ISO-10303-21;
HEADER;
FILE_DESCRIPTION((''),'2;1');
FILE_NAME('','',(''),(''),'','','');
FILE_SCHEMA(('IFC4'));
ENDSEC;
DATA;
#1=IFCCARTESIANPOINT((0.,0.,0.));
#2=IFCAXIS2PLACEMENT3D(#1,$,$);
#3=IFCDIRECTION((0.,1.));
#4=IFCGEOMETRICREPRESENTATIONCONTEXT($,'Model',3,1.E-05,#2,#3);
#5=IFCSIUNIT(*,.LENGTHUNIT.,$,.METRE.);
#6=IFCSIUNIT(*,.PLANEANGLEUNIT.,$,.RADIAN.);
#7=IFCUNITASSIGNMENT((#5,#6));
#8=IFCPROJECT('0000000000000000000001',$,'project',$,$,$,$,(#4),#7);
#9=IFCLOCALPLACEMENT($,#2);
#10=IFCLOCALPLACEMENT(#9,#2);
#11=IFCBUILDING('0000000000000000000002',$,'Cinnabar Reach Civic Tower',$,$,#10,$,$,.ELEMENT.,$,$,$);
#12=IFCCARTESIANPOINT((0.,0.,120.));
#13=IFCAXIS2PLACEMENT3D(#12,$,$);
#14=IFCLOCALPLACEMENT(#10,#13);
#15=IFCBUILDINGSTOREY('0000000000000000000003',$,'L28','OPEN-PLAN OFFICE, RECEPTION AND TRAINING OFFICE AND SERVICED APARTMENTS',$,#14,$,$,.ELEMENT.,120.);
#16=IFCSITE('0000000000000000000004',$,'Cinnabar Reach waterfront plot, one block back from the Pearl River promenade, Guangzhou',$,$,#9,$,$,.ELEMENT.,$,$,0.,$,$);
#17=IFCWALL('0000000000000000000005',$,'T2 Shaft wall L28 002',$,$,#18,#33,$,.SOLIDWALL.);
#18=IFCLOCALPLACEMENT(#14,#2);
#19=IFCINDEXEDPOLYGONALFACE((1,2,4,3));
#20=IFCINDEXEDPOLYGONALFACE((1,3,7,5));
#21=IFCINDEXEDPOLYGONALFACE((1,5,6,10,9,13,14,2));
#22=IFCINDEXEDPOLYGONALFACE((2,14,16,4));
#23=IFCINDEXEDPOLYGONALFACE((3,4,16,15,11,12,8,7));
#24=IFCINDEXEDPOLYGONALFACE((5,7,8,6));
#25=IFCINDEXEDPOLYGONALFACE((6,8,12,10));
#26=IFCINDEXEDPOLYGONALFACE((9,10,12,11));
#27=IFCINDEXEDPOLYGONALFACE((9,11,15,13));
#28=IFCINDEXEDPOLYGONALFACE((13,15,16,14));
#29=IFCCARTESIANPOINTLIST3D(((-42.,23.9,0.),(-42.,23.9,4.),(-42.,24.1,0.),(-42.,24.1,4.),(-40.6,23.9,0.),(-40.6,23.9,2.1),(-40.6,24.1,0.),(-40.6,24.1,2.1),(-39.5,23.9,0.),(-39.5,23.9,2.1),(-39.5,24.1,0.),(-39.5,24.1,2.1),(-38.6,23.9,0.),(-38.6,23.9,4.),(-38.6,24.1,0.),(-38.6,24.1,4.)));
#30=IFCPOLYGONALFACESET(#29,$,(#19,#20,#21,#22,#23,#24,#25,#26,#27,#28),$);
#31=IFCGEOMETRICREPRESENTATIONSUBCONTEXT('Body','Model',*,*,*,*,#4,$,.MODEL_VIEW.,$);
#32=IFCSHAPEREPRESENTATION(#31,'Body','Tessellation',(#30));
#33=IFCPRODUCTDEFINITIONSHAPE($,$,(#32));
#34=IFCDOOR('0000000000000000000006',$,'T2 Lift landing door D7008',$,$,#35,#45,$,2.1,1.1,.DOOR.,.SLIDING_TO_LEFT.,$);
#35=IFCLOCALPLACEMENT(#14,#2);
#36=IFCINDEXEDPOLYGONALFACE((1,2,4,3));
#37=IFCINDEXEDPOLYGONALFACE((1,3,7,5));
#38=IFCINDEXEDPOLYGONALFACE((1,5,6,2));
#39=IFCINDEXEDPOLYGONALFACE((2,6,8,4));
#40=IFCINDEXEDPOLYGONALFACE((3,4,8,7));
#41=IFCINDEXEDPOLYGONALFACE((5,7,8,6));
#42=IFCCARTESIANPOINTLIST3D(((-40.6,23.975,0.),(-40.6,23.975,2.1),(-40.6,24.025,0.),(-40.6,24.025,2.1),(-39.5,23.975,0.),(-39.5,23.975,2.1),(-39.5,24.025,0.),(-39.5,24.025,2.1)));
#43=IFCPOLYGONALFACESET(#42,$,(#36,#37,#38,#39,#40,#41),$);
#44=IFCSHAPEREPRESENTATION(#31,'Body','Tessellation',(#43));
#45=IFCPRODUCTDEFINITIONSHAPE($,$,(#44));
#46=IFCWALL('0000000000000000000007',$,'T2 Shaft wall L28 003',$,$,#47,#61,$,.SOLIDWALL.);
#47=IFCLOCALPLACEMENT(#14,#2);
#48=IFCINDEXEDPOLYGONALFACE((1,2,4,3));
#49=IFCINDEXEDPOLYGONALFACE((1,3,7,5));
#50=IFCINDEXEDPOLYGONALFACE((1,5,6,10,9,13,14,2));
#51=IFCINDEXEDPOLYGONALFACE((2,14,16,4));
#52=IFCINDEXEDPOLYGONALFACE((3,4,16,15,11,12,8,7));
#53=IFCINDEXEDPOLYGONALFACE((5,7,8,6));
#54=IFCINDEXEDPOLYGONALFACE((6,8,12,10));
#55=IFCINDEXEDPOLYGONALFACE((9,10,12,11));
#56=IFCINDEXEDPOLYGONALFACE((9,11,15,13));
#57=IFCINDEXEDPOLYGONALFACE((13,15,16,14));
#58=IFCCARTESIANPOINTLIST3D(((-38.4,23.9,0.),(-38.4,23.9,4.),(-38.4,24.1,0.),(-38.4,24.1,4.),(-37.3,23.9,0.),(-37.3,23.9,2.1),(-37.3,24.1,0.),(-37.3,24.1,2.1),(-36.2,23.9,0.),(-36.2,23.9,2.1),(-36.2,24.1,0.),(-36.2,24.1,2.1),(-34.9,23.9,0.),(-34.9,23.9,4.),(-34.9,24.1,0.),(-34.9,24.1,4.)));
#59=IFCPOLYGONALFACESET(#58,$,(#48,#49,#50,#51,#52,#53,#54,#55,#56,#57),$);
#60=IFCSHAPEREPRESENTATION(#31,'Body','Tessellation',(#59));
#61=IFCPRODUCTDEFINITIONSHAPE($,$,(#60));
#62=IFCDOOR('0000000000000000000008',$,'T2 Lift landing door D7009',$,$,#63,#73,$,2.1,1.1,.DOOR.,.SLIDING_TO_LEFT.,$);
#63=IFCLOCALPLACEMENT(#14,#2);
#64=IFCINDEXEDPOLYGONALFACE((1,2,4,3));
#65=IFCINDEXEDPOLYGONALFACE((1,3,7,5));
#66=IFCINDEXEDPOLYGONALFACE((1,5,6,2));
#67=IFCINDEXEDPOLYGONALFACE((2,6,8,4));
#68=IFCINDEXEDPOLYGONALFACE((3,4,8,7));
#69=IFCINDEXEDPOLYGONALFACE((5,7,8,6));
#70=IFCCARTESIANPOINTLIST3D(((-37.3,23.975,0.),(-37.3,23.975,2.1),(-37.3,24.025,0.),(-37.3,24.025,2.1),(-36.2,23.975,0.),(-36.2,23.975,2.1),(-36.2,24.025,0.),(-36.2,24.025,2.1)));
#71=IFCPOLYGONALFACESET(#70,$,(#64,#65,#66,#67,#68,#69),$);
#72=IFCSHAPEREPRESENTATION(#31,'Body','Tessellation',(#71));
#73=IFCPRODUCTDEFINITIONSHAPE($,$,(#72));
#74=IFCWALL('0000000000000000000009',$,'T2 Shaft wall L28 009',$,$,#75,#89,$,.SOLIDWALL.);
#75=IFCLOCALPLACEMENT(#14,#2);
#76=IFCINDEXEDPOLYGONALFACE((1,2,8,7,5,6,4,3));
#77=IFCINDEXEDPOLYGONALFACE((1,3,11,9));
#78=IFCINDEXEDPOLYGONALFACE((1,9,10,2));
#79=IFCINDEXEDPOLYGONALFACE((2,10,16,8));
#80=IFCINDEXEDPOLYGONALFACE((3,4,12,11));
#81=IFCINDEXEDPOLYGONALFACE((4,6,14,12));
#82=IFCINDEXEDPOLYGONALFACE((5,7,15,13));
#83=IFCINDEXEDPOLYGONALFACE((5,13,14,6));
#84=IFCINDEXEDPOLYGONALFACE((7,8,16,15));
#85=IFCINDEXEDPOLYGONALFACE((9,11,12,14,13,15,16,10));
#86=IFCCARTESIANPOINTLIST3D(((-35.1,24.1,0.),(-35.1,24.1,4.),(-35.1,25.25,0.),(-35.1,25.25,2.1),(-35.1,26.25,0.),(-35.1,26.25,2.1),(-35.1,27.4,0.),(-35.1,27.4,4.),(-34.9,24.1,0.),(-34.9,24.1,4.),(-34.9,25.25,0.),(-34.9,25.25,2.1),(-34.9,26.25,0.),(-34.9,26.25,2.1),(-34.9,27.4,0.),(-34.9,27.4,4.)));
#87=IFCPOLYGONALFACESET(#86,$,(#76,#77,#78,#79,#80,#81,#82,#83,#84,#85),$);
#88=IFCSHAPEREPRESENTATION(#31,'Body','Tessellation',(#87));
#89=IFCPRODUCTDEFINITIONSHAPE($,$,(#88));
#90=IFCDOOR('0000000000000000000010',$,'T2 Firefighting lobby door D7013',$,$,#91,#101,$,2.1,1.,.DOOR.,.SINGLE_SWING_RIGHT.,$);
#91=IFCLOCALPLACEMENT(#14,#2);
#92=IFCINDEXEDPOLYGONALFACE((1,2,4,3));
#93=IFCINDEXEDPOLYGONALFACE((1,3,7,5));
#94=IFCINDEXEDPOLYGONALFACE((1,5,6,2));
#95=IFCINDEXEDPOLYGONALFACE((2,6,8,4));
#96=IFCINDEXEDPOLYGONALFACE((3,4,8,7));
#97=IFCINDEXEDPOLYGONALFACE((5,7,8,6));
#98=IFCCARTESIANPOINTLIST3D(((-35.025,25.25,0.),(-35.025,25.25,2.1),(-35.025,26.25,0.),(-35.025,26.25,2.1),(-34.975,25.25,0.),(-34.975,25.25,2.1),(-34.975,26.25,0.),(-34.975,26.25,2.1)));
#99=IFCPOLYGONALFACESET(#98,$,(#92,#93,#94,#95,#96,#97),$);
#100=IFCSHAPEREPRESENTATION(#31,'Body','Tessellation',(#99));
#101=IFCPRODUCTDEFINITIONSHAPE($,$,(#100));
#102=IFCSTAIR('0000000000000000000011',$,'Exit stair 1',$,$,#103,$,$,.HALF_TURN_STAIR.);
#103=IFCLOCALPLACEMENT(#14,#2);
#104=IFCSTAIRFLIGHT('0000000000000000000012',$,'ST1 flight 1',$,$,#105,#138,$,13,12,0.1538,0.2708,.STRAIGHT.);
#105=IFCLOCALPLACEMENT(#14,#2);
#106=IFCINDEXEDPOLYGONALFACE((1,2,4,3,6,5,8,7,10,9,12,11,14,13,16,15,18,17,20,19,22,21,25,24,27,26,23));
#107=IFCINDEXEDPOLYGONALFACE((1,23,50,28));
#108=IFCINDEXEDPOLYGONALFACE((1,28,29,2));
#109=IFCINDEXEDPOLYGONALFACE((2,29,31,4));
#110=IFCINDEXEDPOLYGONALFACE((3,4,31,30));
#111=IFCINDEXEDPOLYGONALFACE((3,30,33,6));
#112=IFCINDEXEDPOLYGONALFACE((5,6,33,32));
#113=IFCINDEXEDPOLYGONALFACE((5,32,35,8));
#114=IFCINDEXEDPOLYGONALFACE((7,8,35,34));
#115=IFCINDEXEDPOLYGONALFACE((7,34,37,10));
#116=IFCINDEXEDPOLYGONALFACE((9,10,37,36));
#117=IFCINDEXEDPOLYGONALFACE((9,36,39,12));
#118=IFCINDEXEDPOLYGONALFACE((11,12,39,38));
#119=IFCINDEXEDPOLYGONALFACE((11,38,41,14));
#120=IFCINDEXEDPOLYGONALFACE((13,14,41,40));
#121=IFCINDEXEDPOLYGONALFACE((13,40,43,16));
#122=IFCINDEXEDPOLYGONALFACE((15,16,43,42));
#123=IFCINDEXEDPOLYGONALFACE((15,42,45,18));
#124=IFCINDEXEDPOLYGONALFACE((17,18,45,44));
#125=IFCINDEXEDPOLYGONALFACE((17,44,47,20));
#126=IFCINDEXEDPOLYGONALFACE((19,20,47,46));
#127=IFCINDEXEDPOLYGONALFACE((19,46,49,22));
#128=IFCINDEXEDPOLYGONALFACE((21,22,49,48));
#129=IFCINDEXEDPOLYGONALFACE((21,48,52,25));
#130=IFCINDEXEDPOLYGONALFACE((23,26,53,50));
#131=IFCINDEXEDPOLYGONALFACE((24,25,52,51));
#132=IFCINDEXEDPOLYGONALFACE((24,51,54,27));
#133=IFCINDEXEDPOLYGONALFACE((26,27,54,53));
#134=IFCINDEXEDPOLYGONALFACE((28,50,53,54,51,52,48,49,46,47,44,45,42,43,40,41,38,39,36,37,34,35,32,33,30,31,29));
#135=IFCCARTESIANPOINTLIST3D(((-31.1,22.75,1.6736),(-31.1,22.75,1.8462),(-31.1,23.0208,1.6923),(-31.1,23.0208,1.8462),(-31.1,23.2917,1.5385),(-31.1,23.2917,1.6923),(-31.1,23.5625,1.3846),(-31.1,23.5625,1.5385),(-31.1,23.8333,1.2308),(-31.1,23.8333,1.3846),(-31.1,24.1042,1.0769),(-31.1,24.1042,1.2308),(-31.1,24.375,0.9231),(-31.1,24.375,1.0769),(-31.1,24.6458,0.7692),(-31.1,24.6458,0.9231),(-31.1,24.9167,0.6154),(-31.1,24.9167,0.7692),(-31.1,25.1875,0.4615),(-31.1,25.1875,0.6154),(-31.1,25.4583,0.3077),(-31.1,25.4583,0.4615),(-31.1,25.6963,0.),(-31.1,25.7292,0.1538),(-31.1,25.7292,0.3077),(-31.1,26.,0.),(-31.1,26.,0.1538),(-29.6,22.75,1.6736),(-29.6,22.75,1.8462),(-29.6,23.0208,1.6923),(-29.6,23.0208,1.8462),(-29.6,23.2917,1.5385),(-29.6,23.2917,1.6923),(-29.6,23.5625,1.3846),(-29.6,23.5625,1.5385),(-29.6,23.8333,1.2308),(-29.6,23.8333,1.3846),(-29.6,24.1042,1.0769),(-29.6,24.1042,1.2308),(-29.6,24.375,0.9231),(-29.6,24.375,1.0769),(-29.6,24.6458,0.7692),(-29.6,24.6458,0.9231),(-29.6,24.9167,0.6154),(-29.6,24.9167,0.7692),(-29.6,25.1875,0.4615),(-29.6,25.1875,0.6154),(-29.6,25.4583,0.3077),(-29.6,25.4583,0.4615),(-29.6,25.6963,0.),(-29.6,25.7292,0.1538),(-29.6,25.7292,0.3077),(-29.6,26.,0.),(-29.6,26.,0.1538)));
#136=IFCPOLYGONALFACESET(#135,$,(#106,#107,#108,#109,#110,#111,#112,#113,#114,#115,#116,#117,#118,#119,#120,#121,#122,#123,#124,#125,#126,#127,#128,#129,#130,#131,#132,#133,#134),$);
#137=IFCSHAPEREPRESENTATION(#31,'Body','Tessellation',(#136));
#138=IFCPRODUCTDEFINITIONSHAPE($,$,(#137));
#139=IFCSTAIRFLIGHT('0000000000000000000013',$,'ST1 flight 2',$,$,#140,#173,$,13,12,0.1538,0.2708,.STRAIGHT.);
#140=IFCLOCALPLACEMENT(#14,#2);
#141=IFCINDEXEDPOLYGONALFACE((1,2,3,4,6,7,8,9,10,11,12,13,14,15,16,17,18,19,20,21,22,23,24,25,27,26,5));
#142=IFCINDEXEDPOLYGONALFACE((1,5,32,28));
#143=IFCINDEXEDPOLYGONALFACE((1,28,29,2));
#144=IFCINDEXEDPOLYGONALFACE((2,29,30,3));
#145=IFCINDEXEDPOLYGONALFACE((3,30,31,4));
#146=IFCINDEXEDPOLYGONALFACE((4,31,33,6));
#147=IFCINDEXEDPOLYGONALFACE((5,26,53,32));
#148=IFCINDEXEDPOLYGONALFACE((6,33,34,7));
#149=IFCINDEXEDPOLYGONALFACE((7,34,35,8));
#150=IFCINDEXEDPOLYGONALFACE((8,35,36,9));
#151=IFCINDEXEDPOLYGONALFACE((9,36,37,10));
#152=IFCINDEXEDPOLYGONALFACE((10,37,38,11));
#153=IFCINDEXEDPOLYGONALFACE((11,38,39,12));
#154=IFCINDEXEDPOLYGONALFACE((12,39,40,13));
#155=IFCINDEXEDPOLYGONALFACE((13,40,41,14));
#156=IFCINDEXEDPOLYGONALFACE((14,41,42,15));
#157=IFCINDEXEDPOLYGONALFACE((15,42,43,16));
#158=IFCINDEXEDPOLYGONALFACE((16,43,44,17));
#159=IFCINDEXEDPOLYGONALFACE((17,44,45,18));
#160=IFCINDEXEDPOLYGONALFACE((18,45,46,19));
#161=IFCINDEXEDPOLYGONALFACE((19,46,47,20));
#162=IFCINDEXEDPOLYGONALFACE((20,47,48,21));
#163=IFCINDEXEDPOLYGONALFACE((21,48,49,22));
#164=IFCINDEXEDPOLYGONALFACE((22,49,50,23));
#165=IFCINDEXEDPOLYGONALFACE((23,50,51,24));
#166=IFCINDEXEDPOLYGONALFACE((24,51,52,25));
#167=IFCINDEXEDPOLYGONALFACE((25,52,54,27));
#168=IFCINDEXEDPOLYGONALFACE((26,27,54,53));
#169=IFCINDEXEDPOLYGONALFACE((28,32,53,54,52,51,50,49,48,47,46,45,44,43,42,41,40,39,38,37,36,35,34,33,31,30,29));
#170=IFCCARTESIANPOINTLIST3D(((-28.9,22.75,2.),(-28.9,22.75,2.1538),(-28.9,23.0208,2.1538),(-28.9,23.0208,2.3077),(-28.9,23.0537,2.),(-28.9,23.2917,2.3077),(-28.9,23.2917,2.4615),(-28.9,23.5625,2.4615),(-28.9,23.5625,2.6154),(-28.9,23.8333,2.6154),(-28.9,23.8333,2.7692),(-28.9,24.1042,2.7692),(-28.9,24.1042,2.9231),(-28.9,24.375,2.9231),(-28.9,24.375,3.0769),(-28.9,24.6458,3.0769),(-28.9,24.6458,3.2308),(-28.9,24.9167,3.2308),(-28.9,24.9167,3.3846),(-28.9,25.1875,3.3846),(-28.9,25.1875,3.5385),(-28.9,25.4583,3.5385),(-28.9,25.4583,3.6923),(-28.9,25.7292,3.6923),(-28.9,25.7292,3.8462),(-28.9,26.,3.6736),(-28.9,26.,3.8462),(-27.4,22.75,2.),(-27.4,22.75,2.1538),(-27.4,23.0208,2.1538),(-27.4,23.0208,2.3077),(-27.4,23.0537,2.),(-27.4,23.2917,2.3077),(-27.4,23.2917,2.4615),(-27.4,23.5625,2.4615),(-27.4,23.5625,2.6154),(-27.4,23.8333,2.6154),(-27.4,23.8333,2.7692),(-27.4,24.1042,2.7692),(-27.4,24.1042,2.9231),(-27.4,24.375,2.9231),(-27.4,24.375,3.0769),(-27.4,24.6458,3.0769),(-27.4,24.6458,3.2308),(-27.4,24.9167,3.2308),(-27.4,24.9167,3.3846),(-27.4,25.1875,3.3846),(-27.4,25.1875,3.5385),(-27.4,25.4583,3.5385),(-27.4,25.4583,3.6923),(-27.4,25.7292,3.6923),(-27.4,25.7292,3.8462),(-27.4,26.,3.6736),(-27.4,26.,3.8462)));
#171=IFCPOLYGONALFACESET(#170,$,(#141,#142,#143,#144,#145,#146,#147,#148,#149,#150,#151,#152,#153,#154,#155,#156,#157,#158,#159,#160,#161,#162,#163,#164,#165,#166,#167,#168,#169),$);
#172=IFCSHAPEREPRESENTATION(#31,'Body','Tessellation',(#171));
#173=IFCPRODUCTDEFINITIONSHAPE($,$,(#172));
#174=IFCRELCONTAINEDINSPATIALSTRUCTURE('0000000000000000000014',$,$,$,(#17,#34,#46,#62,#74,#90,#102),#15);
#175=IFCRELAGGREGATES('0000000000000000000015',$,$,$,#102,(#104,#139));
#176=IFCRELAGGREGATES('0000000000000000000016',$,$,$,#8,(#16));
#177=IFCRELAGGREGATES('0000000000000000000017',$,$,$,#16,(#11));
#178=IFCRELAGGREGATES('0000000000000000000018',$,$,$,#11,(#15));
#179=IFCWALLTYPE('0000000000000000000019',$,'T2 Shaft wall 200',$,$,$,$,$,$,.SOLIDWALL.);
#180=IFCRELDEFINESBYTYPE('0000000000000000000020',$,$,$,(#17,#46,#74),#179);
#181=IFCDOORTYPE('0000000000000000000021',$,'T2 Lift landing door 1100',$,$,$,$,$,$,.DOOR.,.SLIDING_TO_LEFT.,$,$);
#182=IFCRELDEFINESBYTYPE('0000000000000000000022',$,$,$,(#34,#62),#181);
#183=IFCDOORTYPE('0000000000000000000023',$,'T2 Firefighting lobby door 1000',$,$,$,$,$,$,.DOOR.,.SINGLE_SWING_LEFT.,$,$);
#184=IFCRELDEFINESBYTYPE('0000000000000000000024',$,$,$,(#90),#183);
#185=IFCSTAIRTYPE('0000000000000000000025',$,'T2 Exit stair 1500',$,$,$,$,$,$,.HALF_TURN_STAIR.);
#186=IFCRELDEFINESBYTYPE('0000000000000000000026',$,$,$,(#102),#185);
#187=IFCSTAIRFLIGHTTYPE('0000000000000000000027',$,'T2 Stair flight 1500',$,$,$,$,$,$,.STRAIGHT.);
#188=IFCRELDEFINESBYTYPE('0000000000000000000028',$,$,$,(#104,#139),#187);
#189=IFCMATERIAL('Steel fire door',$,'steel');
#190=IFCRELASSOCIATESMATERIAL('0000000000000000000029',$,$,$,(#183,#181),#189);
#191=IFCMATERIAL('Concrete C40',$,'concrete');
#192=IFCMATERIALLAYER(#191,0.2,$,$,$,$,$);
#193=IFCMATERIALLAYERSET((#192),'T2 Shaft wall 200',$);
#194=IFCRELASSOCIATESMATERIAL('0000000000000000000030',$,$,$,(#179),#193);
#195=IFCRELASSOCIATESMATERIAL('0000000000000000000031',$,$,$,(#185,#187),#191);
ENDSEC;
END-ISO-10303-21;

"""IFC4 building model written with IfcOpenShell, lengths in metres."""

from ifc_helpers import new_model, si_unit, direction, frame, frame_2d, origin, place, context, subcontext, project, spatial, polyline, rectangle, outline, extrude, material, layer, layer_set, type_object, element, fill, aggregate, save


model = new_model("IFC4")

# Units and contexts
model_context = context("Model", 3, precision=1e-05, world=origin(), true_north=direction((0.0, 1.0)))
body_context = subcontext(model_context, "Body", "Model", "MODEL_VIEW")
ifc_project = project(units=[si_unit("LENGTHUNIT", "METRE"), si_unit("PLANEANGLEUNIT", "RADIAN")], contexts=[model_context])

# Site, building, storey
site_placement = place(None, origin())
site = spatial("IfcSite", under=ifc_project, at=site_placement, Name="Cinnabar Reach waterfront plot, one block back from the Pearl River promenade, Guangzhou", CompositionType="ELEMENT", RefElevation=0.0)
building_placement = place(site_placement, origin())
building = spatial("IfcBuilding", under=site, at=building_placement, Name="Cinnabar Reach Civic Tower", CompositionType="ELEMENT")
storey_placement = place(building_placement, frame((0.0, 0.0, 120.0)))
storey = spatial("IfcBuildingStorey", under=building, at=storey_placement, Name="L28", Description="OPEN-PLAN OFFICE, RECEPTION AND TRAINING OFFICE AND SERVICED APARTMENTS", CompositionType="ELEMENT", Elevation=120.0)

# Shared definitions
ifc_material_1 = material(Name="Concrete C40", Category="concrete")

# Shared definitions
ifc_material_2 = material(Name="Steel fire door", Category="steel")
door_type_1 = type_object("IfcDoorType", Name="T2 Firefighting lobby door 1000", OperationType="SINGLE_SWING_LEFT", PredefinedType="DOOR", material=ifc_material_2)

# Shared definitions
ifc_layer_1 = layer(ifc_material_1, 0.2)
ifc_layer_set_1 = layer_set([ifc_layer_1], Name="T2 Shaft wall 200")
wall_type_1 = type_object("IfcWallType", Name="T2 Shaft wall 200", PredefinedType="SOLIDWALL", material=ifc_layer_set_1)

# Walls, openings, doors
wall_1_placement = place(storey_placement, frame((-38.6, 24.0, 0.0), z_axis=(0.0, 0.0, 1.0), x_axis=(-1.0, 0.0, 0.0)))
wall_1 = element("IfcWall", 1, at=wall_1_placement, inside=storey, type_object=wall_type_1, Name="T2 Shaft wall L28 002", PredefinedType="SOLIDWALL", context=body_context, shape_type="SweptSolid", body=[
    extrude(rectangle(XDim=3.4, YDim=0.2, at=frame_2d((1.7, 0.0))), origin(), (0.0, 0.0, 1.0), 4.0),
])
opening_1_placement = place(wall_1_placement, frame((0.9, 0.0, 0.0)))
opening_1 = element("IfcOpeningElement", 2, at=opening_1_placement, cuts=wall_1, PredefinedType="OPENING", context=body_context, shape_type="SweptSolid", body=[
    extrude(rectangle(XDim=1.1, YDim=2.1, at=frame_2d((0.55, 1.05))), frame((0.0, 0.11, 0.0), z_axis=(0.0, -1.0, 0.0), x_axis=(1.0, 0.0, 0.0)), (0.0, 0.0, 1.0), 0.22),
])
door_type_2 = type_object("IfcDoorType", Name="T2 Lift landing door 1100", OperationType="SLIDING_TO_LEFT", PredefinedType="DOOR", material=ifc_material_2)
door_1_placement = place(opening_1_placement, origin())
door_1 = element("IfcDoor", 3, at=door_1_placement, inside=storey, type_object=door_type_2, Name="T2 Lift landing door D7008", OperationType="SLIDING_TO_LEFT", OverallHeight=2.1, OverallWidth=1.1, PredefinedType="DOOR", context=body_context, shape_type="SweptSolid", body=[
    extrude(rectangle(XDim=1.1, YDim=2.1, at=frame_2d((0.55, 1.05))), frame((0.0, 0.025, 0.0), z_axis=(0.0, -1.0, 0.0), x_axis=(1.0, 0.0, 0.0)), (0.0, 0.0, 1.0), 0.05),
])
fill(opening_1, door_1)
wall_2_placement = place(storey_placement, frame((-34.9, 24.0, 0.0), z_axis=(0.0, 0.0, 1.0), x_axis=(-1.0, 0.0, 0.0)))
wall_2 = element("IfcWall", 4, at=wall_2_placement, inside=storey, type_object=wall_type_1, Name="T2 Shaft wall L28 003", PredefinedType="SOLIDWALL", context=body_context, shape_type="SweptSolid", body=[
    extrude(rectangle(XDim=3.5, YDim=0.2, at=frame_2d((1.75, 0.0))), origin(), (0.0, 0.0, 1.0), 4.0),
])
opening_2_placement = place(wall_2_placement, frame((1.3, 0.0, 0.0)))
opening_2 = element("IfcOpeningElement", 5, at=opening_2_placement, cuts=wall_2, PredefinedType="OPENING", context=body_context, shape_type="SweptSolid", body=[
    extrude(rectangle(XDim=1.1, YDim=2.1, at=frame_2d((0.55, 1.05))), frame((0.0, 0.11, 0.0), z_axis=(0.0, -1.0, 0.0), x_axis=(1.0, 0.0, 0.0)), (0.0, 0.0, 1.0), 0.22),
])
door_2_placement = place(opening_2_placement, origin())
door_2 = element("IfcDoor", 6, at=door_2_placement, inside=storey, type_object=door_type_2, Name="T2 Lift landing door D7009", OperationType="SLIDING_TO_LEFT", OverallHeight=2.1, OverallWidth=1.1, PredefinedType="DOOR", context=body_context, shape_type="SweptSolid", body=[
    extrude(rectangle(XDim=1.1, YDim=2.1, at=frame_2d((0.55, 1.05))), frame((0.0, 0.025, 0.0), z_axis=(0.0, -1.0, 0.0), x_axis=(1.0, 0.0, 0.0)), (0.0, 0.0, 1.0), 0.05),
])
fill(opening_2, door_2)
wall_3_placement = place(storey_placement, frame((-35.0, 24.1, 0.0), z_axis=(0.0, 0.0, 1.0), x_axis=(0.0, 1.0, 0.0)))
wall_3 = element("IfcWall", 7, at=wall_3_placement, inside=storey, type_object=wall_type_1, Name="T2 Shaft wall L28 009", PredefinedType="SOLIDWALL", context=body_context, shape_type="SweptSolid", body=[
    extrude(rectangle(XDim=3.3, YDim=0.2, at=frame_2d((1.65, 0.0))), origin(), (0.0, 0.0, 1.0), 4.0),
])
opening_3_placement = place(wall_3_placement, frame((1.15, 0.0, 0.0)))
opening_3 = element("IfcOpeningElement", 8, at=opening_3_placement, cuts=wall_3, PredefinedType="OPENING", context=body_context, shape_type="SweptSolid", body=[
    extrude(rectangle(XDim=1.0, YDim=2.1, at=frame_2d((0.5, 1.05))), frame((0.0, 0.11, 0.0), z_axis=(0.0, -1.0, 0.0), x_axis=(1.0, 0.0, 0.0)), (0.0, 0.0, 1.0), 0.22),
])
door_3_placement = place(opening_3_placement, origin())
door_3 = element("IfcDoor", 9, at=door_3_placement, inside=storey, type_object=door_type_1, Name="T2 Firefighting lobby door D7013", OperationType="SINGLE_SWING_RIGHT", OverallHeight=2.1, OverallWidth=1.0, PredefinedType="DOOR", context=body_context, shape_type="SweptSolid", body=[
    extrude(rectangle(XDim=1.0, YDim=2.1, at=frame_2d((0.5, 1.05))), frame((0.0, 0.025, 0.0), z_axis=(0.0, -1.0, 0.0), x_axis=(1.0, 0.0, 0.0)), (0.0, 0.0, 1.0), 0.05),
])
fill(opening_3, door_3)

# Stair, stair flights
stair_type = type_object("IfcStairType", Name="T2 Exit stair 1500", PredefinedType="HALF_TURN_STAIR", material=ifc_material_1)
stair_placement = place(storey_placement, origin())
stair = element("IfcStair", 10, at=stair_placement, inside=storey, type_object=stair_type, Name="Exit stair 1", PredefinedType="HALF_TURN_STAIR")
stair_flight_type = type_object("IfcStairFlightType", Name="T2 Stair flight 1500", PredefinedType="STRAIGHT", material=ifc_material_1)
stair_flight_1_placement = place(storey_placement, frame((-30.35, 26.0, 0.0), z_axis=(0.0, 0.0, 1.0), x_axis=(0.0, -1.0, 0.0)))
stair_flight_1 = element("IfcStairFlight", 11, at=stair_flight_1_placement, type_object=stair_flight_type, Name="ST1 flight 1", NumberOfRisers=13, NumberOfTreads=12, PredefinedType="STRAIGHT", RiserHeight=0.1538, TreadLength=0.2708, context=body_context, shape_type="SweptSolid", body=[
    extrude(outline(polyline([(0.0, 0.0), (0.0, 0.1538), (0.2708, 0.1538), (0.2708, 0.3077), (0.5417, 0.3077), (0.5417, 0.4615), (0.8125, 0.4615), (0.8125, 0.6154), (1.0833, 0.6154), (1.0833, 0.7692), (1.3542, 0.7692), (1.3542, 0.9231), (1.625, 0.9231), (1.625, 1.0769), (1.8958, 1.0769), (1.8958, 1.2308), (2.1667, 1.2308), (2.1667, 1.3846), (2.4375, 1.3846), (2.4375, 1.5385), (2.7083, 1.5385), (2.7083, 1.6923), (2.9792, 1.6923), (2.9792, 1.8462), (3.25, 1.8462), (3.25, 2.0), (3.25, 1.6736), (0.3037, 0.0), (0.0, 0.0)])), frame((0.0, 0.75, 0.0), z_axis=(0.0, -1.0, 0.0), x_axis=(1.0, 0.0, 0.0)), (0.0, 0.0, 1.0), 1.5),
])
stair_flight_2_placement = place(storey_placement, frame((-28.15, 22.75, 2.0), z_axis=(0.0, 0.0, 1.0), x_axis=(0.0, 1.0, 0.0)))
stair_flight_2 = element("IfcStairFlight", 12, at=stair_flight_2_placement, type_object=stair_flight_type, Name="ST1 flight 2", NumberOfRisers=13, NumberOfTreads=12, PredefinedType="STRAIGHT", RiserHeight=0.1538, TreadLength=0.2708, context=body_context, shape_type="SweptSolid", body=[
    extrude(outline(polyline([(0.0, 0.0), (0.0, 0.1538), (0.2708, 0.1538), (0.2708, 0.3077), (0.5417, 0.3077), (0.5417, 0.4615), (0.8125, 0.4615), (0.8125, 0.6154), (1.0833, 0.6154), (1.0833, 0.7692), (1.3542, 0.7692), (1.3542, 0.9231), (1.625, 0.9231), (1.625, 1.0769), (1.8958, 1.0769), (1.8958, 1.2308), (2.1667, 1.2308), (2.1667, 1.3846), (2.4375, 1.3846), (2.4375, 1.5385), (2.7083, 1.5385), (2.7083, 1.6923), (2.9792, 1.6923), (2.9792, 1.8462), (3.25, 1.8462), (3.25, 2.0), (3.25, 1.6736), (0.3037, 0.0), (0.0, 0.0)])), frame((0.0, 0.75, 0.0), z_axis=(0.0, -1.0, 0.0), x_axis=(1.0, 0.0, 0.0)), (0.0, 0.0, 1.0), 1.5),
])
aggregate(stair, [stair_flight_1, stair_flight_2])

save(model, "model.ifc")
